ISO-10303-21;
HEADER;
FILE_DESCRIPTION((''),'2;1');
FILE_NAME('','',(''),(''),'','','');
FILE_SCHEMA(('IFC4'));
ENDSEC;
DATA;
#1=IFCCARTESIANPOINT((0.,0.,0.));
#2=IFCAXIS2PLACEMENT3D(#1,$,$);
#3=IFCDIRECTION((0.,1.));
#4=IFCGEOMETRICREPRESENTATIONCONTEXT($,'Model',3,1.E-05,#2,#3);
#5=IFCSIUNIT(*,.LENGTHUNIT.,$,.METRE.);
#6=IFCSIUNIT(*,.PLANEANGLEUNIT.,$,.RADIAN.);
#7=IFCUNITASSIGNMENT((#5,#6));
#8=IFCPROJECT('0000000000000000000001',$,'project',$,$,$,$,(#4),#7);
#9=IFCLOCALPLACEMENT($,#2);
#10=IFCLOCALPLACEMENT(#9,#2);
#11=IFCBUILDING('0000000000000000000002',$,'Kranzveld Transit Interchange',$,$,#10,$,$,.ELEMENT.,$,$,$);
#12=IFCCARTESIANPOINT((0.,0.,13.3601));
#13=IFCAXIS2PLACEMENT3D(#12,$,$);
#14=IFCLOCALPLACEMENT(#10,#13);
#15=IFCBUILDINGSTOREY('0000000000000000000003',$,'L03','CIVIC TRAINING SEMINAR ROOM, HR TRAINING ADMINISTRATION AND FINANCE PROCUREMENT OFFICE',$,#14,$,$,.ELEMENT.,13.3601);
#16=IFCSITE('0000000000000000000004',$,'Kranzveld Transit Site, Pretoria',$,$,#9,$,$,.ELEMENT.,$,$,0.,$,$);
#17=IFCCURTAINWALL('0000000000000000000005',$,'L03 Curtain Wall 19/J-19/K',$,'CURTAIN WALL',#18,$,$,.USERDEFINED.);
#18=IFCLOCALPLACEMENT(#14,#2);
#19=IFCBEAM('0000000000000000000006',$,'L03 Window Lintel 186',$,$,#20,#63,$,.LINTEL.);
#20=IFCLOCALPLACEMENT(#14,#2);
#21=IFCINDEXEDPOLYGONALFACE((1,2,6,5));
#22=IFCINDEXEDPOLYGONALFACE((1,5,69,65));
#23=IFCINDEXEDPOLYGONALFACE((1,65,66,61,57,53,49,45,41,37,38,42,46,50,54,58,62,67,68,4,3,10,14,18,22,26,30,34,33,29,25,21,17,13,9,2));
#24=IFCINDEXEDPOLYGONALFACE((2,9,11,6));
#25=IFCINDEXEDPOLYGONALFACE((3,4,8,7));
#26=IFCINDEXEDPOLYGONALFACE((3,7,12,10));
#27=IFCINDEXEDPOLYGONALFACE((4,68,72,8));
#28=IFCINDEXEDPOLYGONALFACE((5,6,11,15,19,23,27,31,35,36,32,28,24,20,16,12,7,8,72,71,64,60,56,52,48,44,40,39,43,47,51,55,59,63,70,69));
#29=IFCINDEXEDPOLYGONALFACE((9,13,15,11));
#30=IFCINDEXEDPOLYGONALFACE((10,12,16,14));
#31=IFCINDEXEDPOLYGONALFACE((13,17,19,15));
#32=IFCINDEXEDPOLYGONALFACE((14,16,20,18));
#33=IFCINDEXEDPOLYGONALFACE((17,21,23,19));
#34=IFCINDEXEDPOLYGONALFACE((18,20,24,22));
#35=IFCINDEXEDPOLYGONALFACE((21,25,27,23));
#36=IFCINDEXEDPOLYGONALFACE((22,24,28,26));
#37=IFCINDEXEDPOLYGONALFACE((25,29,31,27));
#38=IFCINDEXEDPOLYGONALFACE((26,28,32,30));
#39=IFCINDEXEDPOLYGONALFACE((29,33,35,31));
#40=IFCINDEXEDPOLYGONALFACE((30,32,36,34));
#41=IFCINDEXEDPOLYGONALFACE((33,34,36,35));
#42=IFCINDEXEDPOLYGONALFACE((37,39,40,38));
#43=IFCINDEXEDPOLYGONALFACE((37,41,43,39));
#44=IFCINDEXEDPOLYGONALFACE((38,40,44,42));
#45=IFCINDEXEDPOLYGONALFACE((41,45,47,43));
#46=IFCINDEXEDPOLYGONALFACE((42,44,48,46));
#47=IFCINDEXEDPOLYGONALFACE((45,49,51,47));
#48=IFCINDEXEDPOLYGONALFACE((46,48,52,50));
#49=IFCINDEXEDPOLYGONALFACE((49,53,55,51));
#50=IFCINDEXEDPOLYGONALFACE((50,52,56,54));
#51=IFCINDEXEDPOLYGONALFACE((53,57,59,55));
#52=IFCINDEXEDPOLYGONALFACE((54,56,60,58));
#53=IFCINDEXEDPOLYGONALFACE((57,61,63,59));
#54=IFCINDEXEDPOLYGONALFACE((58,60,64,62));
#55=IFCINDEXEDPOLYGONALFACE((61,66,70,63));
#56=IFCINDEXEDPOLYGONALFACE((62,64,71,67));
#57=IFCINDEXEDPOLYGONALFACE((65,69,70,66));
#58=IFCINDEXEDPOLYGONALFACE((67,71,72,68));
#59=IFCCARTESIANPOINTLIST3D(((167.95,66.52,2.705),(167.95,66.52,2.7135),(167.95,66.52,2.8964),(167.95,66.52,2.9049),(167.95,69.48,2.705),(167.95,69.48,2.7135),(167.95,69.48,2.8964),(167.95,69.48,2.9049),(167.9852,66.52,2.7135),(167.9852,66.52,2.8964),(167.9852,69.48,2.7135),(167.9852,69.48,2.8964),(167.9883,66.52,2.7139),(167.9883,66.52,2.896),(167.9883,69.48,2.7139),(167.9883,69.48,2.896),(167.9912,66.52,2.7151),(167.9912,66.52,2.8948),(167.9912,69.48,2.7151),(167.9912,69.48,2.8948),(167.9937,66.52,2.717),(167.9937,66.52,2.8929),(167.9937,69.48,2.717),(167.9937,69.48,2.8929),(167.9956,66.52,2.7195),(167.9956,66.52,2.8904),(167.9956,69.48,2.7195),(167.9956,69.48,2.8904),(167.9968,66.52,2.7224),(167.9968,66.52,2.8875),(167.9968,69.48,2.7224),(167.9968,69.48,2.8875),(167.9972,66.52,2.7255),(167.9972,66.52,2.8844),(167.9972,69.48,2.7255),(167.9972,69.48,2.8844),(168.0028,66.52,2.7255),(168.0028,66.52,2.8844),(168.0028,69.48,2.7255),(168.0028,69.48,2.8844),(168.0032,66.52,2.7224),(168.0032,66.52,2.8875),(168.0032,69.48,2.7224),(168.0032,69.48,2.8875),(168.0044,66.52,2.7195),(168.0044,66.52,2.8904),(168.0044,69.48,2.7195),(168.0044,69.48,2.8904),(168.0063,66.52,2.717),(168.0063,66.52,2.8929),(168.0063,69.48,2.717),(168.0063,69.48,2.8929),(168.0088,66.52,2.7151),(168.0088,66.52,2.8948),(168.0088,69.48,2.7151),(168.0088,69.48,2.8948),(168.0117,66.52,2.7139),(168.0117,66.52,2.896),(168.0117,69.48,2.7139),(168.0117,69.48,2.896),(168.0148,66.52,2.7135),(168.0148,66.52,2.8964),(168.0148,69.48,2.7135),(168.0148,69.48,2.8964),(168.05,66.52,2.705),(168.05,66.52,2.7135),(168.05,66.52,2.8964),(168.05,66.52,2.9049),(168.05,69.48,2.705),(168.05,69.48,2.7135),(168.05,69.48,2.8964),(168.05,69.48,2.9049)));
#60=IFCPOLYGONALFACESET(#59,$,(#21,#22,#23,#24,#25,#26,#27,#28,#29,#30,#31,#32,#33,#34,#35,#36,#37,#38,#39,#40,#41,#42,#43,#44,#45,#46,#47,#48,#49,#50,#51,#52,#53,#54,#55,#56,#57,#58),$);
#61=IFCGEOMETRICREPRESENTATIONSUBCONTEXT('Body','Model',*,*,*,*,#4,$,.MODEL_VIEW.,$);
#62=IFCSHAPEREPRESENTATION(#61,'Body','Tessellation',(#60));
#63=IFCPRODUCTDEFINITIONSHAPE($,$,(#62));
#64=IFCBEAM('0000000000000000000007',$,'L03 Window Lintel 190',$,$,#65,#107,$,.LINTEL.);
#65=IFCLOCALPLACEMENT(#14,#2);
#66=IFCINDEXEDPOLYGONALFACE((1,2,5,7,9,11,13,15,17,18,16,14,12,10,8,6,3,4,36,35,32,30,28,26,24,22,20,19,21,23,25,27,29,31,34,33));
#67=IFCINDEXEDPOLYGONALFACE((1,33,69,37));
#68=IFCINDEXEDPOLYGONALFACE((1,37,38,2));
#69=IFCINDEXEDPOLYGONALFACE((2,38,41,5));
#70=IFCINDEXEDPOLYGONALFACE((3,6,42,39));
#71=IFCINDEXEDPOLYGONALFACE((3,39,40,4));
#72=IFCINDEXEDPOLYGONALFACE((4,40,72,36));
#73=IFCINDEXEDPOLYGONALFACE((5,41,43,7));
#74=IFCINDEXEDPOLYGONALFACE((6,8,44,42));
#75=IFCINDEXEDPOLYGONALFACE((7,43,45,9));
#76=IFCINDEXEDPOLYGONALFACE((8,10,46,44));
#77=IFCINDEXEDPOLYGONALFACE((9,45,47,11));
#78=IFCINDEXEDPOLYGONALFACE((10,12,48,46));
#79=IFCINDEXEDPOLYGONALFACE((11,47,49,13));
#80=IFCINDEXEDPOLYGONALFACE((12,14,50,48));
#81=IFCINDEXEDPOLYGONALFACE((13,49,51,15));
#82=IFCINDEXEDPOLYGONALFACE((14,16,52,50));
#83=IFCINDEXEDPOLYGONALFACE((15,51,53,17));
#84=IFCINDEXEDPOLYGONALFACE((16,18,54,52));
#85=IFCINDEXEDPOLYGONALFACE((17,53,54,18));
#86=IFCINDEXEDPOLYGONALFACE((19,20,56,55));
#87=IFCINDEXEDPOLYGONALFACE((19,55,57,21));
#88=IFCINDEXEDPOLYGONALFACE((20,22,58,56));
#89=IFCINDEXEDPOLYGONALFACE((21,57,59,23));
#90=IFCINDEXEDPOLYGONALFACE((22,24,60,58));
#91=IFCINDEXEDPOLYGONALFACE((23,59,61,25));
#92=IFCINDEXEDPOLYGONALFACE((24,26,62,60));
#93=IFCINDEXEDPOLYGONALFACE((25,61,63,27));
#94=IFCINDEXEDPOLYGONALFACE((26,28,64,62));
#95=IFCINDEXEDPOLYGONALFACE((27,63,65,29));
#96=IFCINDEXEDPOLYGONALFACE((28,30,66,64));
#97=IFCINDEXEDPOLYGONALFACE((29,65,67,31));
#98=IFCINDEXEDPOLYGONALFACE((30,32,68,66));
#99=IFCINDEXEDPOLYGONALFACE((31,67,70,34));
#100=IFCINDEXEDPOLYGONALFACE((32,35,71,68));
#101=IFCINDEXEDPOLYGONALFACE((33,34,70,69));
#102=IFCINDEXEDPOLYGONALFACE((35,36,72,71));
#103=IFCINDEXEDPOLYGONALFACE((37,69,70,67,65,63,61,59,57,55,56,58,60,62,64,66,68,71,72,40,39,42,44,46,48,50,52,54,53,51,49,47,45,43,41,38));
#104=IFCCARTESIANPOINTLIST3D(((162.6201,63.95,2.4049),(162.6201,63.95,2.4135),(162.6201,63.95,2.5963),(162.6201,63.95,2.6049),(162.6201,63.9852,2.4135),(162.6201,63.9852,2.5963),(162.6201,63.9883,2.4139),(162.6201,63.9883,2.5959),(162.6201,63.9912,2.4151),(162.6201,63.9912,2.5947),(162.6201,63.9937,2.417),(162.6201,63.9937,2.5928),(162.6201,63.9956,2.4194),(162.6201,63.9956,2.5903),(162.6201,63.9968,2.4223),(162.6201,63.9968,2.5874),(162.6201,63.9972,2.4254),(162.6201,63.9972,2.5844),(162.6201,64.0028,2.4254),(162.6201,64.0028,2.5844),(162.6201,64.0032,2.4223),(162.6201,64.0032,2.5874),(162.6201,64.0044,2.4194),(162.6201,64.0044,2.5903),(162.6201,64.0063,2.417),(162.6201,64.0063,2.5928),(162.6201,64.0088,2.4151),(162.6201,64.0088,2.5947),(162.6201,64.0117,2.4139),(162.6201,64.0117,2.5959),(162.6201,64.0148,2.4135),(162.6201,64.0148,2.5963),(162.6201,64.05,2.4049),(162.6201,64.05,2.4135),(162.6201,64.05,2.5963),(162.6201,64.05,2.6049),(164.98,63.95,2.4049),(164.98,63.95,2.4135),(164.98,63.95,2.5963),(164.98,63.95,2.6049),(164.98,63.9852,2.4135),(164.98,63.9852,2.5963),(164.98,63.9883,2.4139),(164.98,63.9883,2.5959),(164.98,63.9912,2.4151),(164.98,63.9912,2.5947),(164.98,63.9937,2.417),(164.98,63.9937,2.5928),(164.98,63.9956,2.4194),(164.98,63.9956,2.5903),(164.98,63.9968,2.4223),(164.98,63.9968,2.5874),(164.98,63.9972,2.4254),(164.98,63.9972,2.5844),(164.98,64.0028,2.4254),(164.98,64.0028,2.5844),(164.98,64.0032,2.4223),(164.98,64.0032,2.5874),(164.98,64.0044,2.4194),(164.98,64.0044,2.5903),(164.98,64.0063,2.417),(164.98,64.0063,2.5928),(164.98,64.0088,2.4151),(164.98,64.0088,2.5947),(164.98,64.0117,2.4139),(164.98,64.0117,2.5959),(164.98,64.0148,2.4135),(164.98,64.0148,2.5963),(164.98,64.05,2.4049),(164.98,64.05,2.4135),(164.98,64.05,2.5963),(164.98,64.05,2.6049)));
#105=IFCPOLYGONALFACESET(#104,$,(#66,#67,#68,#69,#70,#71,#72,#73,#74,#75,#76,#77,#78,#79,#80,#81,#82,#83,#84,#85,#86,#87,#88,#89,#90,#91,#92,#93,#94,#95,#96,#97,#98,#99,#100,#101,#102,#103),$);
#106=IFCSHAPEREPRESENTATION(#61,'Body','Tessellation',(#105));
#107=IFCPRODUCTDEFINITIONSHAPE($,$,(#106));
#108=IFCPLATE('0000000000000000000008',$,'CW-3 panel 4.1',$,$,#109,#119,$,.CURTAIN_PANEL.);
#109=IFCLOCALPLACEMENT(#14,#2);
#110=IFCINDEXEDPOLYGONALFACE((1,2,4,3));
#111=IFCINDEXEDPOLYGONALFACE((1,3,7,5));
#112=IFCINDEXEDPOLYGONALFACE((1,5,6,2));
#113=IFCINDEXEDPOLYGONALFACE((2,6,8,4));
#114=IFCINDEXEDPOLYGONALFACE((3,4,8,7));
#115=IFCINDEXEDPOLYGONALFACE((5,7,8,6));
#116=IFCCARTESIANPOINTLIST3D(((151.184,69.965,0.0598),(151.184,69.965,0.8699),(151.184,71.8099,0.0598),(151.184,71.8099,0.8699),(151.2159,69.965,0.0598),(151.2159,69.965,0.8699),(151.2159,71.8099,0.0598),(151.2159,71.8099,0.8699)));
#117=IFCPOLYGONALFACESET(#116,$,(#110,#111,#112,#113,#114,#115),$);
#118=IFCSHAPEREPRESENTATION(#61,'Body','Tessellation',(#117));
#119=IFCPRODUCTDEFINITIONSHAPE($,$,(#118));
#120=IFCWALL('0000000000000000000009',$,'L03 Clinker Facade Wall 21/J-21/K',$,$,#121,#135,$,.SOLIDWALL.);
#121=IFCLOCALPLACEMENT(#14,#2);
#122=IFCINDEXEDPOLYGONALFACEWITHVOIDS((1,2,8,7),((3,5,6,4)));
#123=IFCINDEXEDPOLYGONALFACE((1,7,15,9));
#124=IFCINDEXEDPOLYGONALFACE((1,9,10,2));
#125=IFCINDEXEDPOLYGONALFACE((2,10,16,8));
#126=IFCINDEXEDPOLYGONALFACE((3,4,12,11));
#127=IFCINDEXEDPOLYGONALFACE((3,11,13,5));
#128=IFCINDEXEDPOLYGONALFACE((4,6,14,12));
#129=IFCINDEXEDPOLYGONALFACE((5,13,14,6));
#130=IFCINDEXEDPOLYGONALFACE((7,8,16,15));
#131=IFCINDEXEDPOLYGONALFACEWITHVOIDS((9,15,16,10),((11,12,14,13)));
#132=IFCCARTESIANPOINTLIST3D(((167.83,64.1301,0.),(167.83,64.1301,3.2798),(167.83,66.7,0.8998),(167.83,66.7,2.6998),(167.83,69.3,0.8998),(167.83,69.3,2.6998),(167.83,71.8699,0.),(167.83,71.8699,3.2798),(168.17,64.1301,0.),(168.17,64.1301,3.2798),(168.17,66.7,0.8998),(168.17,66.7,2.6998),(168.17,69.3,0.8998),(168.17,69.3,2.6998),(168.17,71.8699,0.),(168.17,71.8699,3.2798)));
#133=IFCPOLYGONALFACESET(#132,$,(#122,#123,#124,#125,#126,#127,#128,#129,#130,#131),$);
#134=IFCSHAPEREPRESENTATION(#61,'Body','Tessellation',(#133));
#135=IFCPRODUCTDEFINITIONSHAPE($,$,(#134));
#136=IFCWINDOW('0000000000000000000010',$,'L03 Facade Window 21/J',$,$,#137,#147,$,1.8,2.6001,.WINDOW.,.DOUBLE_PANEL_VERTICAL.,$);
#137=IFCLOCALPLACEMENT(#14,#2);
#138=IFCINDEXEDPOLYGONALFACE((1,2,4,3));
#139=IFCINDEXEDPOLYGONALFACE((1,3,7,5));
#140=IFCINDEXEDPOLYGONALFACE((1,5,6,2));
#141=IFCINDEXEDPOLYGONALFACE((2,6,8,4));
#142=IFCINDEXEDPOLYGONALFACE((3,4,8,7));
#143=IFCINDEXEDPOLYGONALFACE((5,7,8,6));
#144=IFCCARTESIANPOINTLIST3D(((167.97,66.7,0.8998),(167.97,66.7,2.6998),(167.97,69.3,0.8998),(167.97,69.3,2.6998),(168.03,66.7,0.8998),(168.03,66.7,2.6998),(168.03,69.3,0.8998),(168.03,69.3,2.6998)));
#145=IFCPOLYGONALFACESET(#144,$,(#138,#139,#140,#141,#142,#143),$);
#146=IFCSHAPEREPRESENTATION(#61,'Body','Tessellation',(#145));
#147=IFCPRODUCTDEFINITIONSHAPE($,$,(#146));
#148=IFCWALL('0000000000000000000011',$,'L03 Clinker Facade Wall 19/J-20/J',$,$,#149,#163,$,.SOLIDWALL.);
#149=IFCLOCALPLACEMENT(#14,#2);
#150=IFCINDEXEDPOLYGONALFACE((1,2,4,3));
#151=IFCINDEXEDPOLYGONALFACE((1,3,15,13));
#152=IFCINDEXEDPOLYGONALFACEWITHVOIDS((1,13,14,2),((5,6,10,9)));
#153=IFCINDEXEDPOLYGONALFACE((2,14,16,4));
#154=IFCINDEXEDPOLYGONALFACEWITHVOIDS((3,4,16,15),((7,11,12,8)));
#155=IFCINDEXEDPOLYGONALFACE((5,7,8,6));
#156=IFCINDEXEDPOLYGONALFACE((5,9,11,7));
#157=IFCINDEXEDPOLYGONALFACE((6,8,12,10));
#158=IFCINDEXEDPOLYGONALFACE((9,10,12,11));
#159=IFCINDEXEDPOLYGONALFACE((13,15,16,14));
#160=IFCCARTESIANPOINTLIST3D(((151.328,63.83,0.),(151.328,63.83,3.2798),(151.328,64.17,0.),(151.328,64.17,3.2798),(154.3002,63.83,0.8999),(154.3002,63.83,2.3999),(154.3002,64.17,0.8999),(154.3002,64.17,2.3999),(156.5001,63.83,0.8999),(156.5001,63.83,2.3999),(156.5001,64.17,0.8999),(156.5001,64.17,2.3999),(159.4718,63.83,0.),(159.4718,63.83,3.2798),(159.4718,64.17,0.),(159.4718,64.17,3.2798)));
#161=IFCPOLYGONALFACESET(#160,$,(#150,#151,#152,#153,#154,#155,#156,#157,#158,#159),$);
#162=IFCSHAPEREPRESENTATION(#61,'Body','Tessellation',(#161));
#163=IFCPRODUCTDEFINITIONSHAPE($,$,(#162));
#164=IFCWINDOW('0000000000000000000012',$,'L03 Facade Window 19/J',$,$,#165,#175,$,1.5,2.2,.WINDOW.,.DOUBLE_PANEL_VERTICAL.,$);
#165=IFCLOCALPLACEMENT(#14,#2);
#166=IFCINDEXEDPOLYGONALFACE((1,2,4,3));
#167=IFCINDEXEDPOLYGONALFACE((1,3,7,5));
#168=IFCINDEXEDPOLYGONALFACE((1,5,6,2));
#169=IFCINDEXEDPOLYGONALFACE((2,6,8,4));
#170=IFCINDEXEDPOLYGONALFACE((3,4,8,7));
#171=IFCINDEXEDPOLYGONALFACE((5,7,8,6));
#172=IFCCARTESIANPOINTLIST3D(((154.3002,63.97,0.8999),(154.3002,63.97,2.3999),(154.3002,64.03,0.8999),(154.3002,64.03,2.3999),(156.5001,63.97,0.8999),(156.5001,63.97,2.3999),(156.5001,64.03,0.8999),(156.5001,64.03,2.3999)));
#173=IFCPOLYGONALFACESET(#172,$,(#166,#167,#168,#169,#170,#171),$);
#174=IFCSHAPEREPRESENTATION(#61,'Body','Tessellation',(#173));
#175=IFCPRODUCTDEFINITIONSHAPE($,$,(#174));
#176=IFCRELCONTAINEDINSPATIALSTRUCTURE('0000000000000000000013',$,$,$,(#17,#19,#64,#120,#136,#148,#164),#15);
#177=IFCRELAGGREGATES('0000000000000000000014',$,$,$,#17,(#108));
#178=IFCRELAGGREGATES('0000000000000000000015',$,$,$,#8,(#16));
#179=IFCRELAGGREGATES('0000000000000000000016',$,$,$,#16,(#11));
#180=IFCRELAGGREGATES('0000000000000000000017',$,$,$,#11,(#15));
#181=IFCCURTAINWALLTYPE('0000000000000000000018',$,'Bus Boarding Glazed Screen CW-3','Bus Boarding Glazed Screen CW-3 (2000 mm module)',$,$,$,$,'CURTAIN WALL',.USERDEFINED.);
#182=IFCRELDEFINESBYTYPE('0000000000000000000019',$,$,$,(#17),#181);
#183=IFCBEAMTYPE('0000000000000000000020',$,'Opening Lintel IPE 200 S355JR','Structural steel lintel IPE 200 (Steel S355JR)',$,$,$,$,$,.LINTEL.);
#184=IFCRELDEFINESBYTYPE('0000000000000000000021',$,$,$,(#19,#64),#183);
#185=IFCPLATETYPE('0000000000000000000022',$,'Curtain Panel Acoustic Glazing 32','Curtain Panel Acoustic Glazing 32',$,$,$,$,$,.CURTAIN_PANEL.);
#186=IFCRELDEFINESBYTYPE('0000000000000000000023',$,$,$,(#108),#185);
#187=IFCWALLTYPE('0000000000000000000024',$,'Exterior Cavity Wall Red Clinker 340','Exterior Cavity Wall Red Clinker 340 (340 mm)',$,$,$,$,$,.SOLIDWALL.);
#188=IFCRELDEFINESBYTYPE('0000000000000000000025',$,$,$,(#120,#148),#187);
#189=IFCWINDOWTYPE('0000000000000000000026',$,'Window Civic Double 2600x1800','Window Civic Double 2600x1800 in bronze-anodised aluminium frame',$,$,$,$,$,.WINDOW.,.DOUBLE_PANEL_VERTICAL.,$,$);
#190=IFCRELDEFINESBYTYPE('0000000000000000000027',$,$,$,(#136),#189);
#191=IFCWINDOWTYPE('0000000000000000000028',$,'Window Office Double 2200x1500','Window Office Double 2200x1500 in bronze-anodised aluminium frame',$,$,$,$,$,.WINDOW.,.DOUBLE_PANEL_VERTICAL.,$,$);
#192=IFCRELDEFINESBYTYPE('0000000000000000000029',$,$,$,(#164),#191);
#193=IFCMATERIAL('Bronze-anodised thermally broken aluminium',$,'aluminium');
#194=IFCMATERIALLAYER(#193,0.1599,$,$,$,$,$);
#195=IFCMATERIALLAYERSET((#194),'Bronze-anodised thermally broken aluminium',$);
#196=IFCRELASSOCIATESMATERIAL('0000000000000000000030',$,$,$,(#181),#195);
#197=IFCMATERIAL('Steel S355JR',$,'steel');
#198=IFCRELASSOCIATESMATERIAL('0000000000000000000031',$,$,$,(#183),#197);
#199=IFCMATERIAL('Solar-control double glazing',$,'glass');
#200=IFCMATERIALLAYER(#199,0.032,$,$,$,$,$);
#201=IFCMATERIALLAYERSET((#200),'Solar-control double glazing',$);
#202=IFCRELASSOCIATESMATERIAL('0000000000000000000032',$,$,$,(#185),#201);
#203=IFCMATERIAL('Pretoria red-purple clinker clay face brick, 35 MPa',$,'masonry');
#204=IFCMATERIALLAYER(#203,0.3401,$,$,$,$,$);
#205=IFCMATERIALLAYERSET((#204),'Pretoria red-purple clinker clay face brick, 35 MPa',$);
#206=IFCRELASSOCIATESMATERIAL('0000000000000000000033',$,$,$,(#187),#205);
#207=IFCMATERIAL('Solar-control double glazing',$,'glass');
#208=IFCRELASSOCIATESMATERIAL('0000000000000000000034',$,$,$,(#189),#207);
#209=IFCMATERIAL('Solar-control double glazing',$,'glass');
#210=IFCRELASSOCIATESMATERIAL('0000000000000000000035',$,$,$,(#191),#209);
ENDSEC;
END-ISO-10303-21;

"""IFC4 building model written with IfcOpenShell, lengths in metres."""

from ifc_helpers import new_model, si_unit, direction, frame, frame_2d, origin, origin_2d, place, context, subcontext, project, spatial, rectangle, i_section, extrude, material, layer, layer_set, material_profile, profile_set, type_object, element, fill, aggregate, save


model = new_model("IFC4")

# Units and contexts
model_context = context("Model", 3, precision=1e-05, world=origin(), true_north=direction((0.0, 1.0)))
body_context = subcontext(model_context, "Body", "Model", "MODEL_VIEW")
ifc_project = project(units=[si_unit("LENGTHUNIT", "METRE"), si_unit("PLANEANGLEUNIT", "RADIAN")], contexts=[model_context])

# Site, building, storey
site_placement = place(None, origin())
site = spatial("IfcSite", under=ifc_project, at=site_placement, Name="Kranzveld Transit Site, Pretoria", CompositionType="ELEMENT", RefElevation=0.0)
building_placement = place(site_placement, origin())
building = spatial("IfcBuilding", under=site, at=building_placement, Name="Kranzveld Transit Interchange", CompositionType="ELEMENT")
storey_placement = place(building_placement, frame((0.0, 0.0, 13.3601)))
storey = spatial("IfcBuildingStorey", under=building, at=storey_placement, Name="L03", Description="CIVIC TRAINING SEMINAR ROOM, HR TRAINING ADMINISTRATION AND FINANCE PROCUREMENT OFFICE", CompositionType="ELEMENT", Elevation=13.3601)

# Curtain wall
ifc_material_1 = material(Name="Bronze-anodised thermally broken aluminium", Category="aluminium")
ifc_layer_1 = layer(ifc_material_1, 0.1599)
ifc_layer_set_1 = layer_set([ifc_layer_1], Name="Bronze-anodised thermally broken aluminium")
curtain_wall_type = type_object("IfcCurtainWallType", Name="Bus Boarding Glazed Screen CW-3", Description="Bus Boarding Glazed Screen CW-3 (2000 mm module)", ElementType="CURTAIN WALL", PredefinedType="USERDEFINED", material=ifc_layer_set_1)
curtain_wall_placement = place(storey_placement, origin())
curtain_wall = element("IfcCurtainWall", 1, at=curtain_wall_placement, inside=storey, type_object=curtain_wall_type, Name="L03 Curtain Wall 19/J-19/K", ObjectType="CURTAIN WALL", PredefinedType="USERDEFINED")

# Beams
ifc_material_2 = material(Name="Steel S355JR", Category="steel")
ifc_material_profile_1 = material_profile(ifc_material_2, i_section(OverallWidth=0.1001, OverallDepth=0.2, WebThickness=0.0056, FlangeThickness=0.0085, FilletRadius=0.012, at=origin_2d()), Name="IPE 200")
ifc_profile_set_1 = profile_set([ifc_material_profile_1], Name="Steel S355JR")
beam_type_1 = type_object("IfcBeamType", Name="Opening Lintel IPE 200 S355JR", Description="Structural steel lintel IPE 200 (Steel S355JR)", PredefinedType="LINTEL", material=ifc_profile_set_1)
beam_1_placement = place(storey_placement, frame((168.0, 66.52, 2.8049), z_axis=(0.0, 1.0, 0.0), x_axis=(-1.0, 0.0, 0.0)))
element("IfcBeam", 2, at=beam_1_placement, inside=storey, type_object=beam_type_1, Name="L03 Window Lintel 186", PredefinedType="LINTEL", context=body_context, shape_type="SweptSolid", body=[
    extrude(i_section(OverallWidth=0.1001, OverallDepth=0.2, WebThickness=0.0056, FlangeThickness=0.0085, FilletRadius=0.012, at=origin_2d()), origin(), (0.0, 0.0, 1.0), 2.96),
])
beam_2_placement = place(storey_placement, frame((162.6201, 64.0, 2.5049), z_axis=(1.0, 0.0, 0.0), x_axis=(0.0, 1.0, 0.0)))
element("IfcBeam", 3, at=beam_2_placement, inside=storey, type_object=beam_type_1, Name="L03 Window Lintel 190", PredefinedType="LINTEL", context=body_context, shape_type="SweptSolid", body=[
    extrude(i_section(OverallWidth=0.1001, OverallDepth=0.2, WebThickness=0.0056, FlangeThickness=0.0085, FilletRadius=0.012, at=origin_2d()), origin(), (0.0, 0.0, 1.0), 2.3599),
])

# Plate
ifc_material_3 = material(Name="Solar-control double glazing", Category="glass")
ifc_layer_2 = layer(ifc_material_3, 0.032)
ifc_layer_set_2 = layer_set([ifc_layer_2], Name="Solar-control double glazing")
plate_type = type_object("IfcPlateType", Name="Curtain Panel Acoustic Glazing 32", Description="Curtain Panel Acoustic Glazing 32", PredefinedType="CURTAIN_PANEL", material=ifc_layer_set_2)
plate_placement = place(storey_placement, frame((151.2, 70.8875, 0.0598), z_axis=(0.0, 0.0, 1.0), x_axis=(0.0, 1.0, 0.0)))
plate = element("IfcPlate", 4, at=plate_placement, type_object=plate_type, Name="CW-3 panel 4.1", PredefinedType="CURTAIN_PANEL", context=body_context, shape_type="SweptSolid", body=[
    extrude(rectangle(XDim=1.845, YDim=0.032, at=origin_2d()), origin(), (0.0, 0.0, 1.0), 0.8101),
])
aggregate(curtain_wall, [plate])

# Walls, openings, windows
ifc_material_4 = material(Name="Pretoria red-purple clinker clay face brick, 35 MPa", Category="masonry")
ifc_layer_3 = layer(ifc_material_4, 0.3401)
ifc_layer_set_3 = layer_set([ifc_layer_3], Name="Pretoria red-purple clinker clay face brick, 35 MPa")
wall_type_1 = type_object("IfcWallType", Name="Exterior Cavity Wall Red Clinker 340", Description="Exterior Cavity Wall Red Clinker 340 (340 mm)", PredefinedType="SOLIDWALL", material=ifc_layer_set_3)
wall_1_placement = place(storey_placement, frame((168.0, 64.1301, 0.0), z_axis=(0.0, 0.0, 1.0), x_axis=(0.0, 1.0, 0.0)))
wall_1 = element("IfcWall", 5, at=wall_1_placement, inside=storey, type_object=wall_type_1, Name="L03 Clinker Facade Wall 21/J-21/K", PredefinedType="SOLIDWALL", context=body_context, shape_type="SweptSolid", body=[
    extrude(rectangle(XDim=7.7397, YDim=0.3401, at=frame_2d((3.8699, 0.0))), origin(), (0.0, 0.0, 1.0), 3.2798),
])
opening_1_placement = place(wall_1_placement, frame((2.5698, 0.0, 0.8999), z_axis=(0.0, 0.0, 1.0), x_axis=(1.0, 0.0, 0.0)))
opening_1 = element("IfcOpeningElement", 6, at=opening_1_placement, cuts=wall_1, PredefinedType="OPENING", context=body_context, shape_type="SweptSolid", body=[
    extrude(rectangle(XDim=2.6001, YDim=1.8, at=frame_2d((1.3, 0.8999))), frame((0.0, 0.1799, 0.0), z_axis=(0.0, -1.0, 0.0), x_axis=(1.0, 0.0, 0.0)), (0.0, 0.0, 1.0), 0.3601),
])
ifc_material_5 = material(Name="Solar-control double glazing", Category="glass")
window_type_1 = type_object("IfcWindowType", Name="Window Civic Double 2600x1800", Description="Window Civic Double 2600x1800 in bronze-anodised aluminium frame", PartitioningType="DOUBLE_PANEL_VERTICAL", PredefinedType="WINDOW", material=ifc_material_5)
window_1_placement = place(opening_1_placement, origin())
window_1 = element("IfcWindow", 7, at=window_1_placement, inside=storey, type_object=window_type_1, Name="L03 Facade Window 21/J", OverallHeight=1.8, OverallWidth=2.6001, PartitioningType="DOUBLE_PANEL_VERTICAL", PredefinedType="WINDOW", context=body_context, shape_type="SweptSolid", body=[
    extrude(rectangle(XDim=2.6001, YDim=1.8, at=frame_2d((1.3, 0.8999))), frame((0.0, 0.03, 0.0), z_axis=(0.0, -1.0, 0.0), x_axis=(1.0, 0.0, 0.0)), (0.0, 0.0, 1.0), 0.0601),
])
fill(opening_1, window_1)
wall_2_placement = place(storey_placement, frame((151.3281, 64.0, 0.0), z_axis=(0.0, 0.0, 1.0), x_axis=(1.0, 0.0, 0.0)))
wall_2 = element("IfcWall", 8, at=wall_2_placement, inside=storey, type_object=wall_type_1, Name="L03 Clinker Facade Wall 19/J-20/J", PredefinedType="SOLIDWALL", context=body_context, shape_type="SweptSolid", body=[
    extrude(rectangle(XDim=8.1438, YDim=0.3401, at=frame_2d((4.0718, 0.0))), origin(), (0.0, 0.0, 1.0), 3.2798),
])
opening_2_placement = place(wall_2_placement, frame((2.9719, 0.0, 0.8999), z_axis=(0.0, 0.0, 1.0), x_axis=(1.0, 0.0, 0.0)))
opening_2 = element("IfcOpeningElement", 9, at=opening_2_placement, cuts=wall_2, PredefinedType="OPENING", context=body_context, shape_type="SweptSolid", body=[
    extrude(rectangle(XDim=2.2, YDim=1.5, at=frame_2d((1.1001, 0.75))), frame((0.0, 0.1799, 0.0), z_axis=(0.0, -1.0, 0.0), x_axis=(1.0, 0.0, 0.0)), (0.0, 0.0, 1.0), 0.3601),
])
ifc_material_6 = material(Name="Solar-control double glazing", Category="glass")
window_type_2 = type_object("IfcWindowType", Name="Window Office Double 2200x1500", Description="Window Office Double 2200x1500 in bronze-anodised aluminium frame", PartitioningType="DOUBLE_PANEL_VERTICAL", PredefinedType="WINDOW", material=ifc_material_6)
window_2_placement = place(opening_2_placement, origin())
window_2 = element("IfcWindow", 10, at=window_2_placement, inside=storey, type_object=window_type_2, Name="L03 Facade Window 19/J", OverallHeight=1.5, OverallWidth=2.2, PartitioningType="DOUBLE_PANEL_VERTICAL", PredefinedType="WINDOW", context=body_context, shape_type="SweptSolid", body=[
    extrude(rectangle(XDim=2.2, YDim=1.5, at=frame_2d((1.1001, 0.75))), frame((0.0, 0.03, 0.0), z_axis=(0.0, -1.0, 0.0), x_axis=(1.0, 0.0, 0.0)), (0.0, 0.0, 1.0), 0.0601),
])
fill(opening_2, window_2)

save(model, "model.ifc")
